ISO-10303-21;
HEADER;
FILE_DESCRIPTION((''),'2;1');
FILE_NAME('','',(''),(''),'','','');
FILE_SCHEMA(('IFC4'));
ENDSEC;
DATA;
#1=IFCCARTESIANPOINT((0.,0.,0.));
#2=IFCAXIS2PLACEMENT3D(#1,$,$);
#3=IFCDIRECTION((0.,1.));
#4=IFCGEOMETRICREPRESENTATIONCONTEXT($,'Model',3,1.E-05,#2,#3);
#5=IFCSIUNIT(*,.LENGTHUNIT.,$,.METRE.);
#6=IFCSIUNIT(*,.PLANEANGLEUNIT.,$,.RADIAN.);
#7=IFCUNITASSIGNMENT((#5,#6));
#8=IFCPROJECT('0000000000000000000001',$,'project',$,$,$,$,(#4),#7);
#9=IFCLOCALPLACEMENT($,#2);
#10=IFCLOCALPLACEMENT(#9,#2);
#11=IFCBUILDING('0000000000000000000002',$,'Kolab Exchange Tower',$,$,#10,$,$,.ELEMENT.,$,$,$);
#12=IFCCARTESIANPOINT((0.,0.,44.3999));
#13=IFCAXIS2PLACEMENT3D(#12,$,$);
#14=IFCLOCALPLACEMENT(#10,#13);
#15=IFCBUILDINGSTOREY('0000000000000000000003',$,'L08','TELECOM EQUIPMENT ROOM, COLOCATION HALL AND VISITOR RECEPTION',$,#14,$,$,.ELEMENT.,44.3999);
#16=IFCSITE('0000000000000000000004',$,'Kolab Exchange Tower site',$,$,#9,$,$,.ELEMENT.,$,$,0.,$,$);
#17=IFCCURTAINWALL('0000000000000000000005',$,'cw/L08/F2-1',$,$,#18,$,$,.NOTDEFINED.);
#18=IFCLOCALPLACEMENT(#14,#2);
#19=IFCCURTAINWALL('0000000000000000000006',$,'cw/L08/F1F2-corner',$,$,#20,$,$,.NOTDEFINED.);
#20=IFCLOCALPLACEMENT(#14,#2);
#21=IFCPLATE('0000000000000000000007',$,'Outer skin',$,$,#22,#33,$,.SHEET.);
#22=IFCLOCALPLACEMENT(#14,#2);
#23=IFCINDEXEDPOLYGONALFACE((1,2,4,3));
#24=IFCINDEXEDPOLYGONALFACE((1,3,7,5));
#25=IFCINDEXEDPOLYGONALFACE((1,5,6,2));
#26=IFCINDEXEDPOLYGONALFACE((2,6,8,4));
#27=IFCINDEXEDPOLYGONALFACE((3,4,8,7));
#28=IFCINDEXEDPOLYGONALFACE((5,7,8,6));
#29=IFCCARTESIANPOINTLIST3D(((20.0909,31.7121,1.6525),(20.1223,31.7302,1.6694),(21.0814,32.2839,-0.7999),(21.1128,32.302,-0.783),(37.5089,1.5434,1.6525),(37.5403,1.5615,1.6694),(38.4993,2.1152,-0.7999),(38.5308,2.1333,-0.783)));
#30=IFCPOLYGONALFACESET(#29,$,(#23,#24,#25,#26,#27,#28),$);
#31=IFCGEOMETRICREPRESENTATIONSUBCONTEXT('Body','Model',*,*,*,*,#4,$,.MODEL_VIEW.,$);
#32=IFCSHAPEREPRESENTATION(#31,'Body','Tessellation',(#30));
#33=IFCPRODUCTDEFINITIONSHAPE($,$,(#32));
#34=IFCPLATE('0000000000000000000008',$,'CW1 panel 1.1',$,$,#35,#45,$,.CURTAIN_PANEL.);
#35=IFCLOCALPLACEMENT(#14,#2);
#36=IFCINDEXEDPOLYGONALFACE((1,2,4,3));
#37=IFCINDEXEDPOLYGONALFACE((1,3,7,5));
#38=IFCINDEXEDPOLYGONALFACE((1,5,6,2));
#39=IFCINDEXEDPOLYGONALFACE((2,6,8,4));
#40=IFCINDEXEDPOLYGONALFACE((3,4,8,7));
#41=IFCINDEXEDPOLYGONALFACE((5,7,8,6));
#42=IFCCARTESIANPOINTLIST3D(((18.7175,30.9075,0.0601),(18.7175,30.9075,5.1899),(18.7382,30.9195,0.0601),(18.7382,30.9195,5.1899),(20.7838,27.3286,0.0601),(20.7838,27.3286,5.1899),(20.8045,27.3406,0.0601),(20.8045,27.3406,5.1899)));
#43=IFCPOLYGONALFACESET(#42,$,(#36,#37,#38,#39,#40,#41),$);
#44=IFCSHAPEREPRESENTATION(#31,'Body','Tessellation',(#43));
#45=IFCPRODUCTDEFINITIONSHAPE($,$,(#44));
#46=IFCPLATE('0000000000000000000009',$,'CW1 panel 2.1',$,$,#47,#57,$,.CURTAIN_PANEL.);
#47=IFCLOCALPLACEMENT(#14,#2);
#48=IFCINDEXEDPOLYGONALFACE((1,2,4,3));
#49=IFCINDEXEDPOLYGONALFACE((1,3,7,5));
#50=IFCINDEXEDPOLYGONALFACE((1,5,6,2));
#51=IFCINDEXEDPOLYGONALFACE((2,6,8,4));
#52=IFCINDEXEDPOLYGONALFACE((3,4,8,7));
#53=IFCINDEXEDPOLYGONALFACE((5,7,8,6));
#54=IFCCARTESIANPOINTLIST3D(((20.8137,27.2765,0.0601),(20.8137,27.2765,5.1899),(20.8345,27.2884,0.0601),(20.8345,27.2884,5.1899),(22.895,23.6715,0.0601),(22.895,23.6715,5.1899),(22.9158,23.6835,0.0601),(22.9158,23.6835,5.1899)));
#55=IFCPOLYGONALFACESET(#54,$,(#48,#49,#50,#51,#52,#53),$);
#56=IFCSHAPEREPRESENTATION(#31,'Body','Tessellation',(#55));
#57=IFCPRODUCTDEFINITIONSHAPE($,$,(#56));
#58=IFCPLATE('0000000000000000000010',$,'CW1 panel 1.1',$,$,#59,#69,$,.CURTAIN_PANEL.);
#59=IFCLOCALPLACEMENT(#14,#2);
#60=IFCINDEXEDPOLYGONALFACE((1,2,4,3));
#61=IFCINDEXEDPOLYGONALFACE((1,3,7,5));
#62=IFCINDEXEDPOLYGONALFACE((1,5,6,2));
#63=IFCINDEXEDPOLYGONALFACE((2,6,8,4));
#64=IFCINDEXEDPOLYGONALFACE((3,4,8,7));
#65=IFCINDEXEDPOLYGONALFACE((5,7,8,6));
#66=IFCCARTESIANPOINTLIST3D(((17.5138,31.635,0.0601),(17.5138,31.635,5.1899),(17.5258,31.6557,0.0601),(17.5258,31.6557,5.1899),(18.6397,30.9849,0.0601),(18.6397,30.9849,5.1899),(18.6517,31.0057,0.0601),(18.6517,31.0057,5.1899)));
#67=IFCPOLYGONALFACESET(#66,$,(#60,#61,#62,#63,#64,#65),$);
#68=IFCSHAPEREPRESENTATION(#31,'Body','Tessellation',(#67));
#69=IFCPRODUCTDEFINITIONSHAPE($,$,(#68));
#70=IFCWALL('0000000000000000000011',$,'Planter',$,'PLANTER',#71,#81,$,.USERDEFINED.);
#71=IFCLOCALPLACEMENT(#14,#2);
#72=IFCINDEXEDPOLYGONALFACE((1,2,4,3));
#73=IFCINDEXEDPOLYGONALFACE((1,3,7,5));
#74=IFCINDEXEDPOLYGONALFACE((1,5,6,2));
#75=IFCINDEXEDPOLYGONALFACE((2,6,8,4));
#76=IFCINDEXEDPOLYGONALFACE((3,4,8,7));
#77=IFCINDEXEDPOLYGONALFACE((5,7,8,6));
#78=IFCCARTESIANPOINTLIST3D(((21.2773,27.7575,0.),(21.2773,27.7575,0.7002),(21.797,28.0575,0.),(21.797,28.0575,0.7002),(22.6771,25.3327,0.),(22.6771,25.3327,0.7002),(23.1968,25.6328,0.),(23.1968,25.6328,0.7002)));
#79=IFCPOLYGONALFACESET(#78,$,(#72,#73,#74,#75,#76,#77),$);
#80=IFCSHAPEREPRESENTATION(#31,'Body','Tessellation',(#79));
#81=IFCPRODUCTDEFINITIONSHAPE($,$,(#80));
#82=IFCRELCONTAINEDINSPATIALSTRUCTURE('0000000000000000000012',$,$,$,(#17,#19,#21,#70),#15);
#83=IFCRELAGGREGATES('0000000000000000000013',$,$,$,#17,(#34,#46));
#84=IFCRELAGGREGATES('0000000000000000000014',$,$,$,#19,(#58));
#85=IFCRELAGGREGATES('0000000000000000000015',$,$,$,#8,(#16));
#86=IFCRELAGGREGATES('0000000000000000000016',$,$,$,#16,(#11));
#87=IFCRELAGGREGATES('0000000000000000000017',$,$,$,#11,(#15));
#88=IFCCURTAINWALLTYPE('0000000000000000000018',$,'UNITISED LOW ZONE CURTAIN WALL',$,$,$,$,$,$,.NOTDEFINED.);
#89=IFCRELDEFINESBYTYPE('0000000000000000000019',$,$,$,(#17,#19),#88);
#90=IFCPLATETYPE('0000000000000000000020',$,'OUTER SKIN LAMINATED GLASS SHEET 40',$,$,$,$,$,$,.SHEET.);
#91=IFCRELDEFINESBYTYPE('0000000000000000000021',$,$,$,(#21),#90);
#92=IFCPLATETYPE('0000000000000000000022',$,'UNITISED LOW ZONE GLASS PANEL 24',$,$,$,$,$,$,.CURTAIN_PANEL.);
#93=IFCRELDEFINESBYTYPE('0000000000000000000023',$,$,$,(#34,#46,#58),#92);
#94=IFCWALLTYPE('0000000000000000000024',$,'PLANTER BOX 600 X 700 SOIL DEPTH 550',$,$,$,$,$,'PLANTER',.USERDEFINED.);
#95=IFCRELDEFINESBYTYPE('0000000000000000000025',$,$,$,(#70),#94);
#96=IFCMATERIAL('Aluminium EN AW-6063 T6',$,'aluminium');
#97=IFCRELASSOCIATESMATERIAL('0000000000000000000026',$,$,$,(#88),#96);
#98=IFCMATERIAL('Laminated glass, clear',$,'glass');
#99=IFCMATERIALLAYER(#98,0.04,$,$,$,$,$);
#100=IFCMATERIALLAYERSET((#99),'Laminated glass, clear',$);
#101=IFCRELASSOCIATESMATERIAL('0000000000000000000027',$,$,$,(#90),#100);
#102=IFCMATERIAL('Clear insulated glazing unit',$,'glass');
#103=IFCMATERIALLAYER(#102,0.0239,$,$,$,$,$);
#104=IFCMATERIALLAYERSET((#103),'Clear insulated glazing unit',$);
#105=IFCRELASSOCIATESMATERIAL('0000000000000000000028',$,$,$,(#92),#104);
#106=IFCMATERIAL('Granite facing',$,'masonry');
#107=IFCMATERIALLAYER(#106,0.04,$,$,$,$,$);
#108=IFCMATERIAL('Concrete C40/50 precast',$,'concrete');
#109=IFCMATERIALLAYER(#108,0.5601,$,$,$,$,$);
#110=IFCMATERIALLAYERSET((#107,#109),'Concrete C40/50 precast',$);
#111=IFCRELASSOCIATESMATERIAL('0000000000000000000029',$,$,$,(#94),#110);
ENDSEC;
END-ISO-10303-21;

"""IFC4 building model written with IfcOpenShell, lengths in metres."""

from ifc_helpers import new_model, si_unit, direction, frame, frame_2d, origin, origin_2d, place, context, subcontext, project, spatial, polyline, rectangle, outline, extrude, material, layer, layer_set, type_object, element, aggregate, save


model = new_model("IFC4")

# Units and contexts
model_context = context("Model", 3, precision=1e-05, world=origin(), true_north=direction((0.0, 1.0)))
body_context = subcontext(model_context, "Body", "Model", "MODEL_VIEW")
ifc_project = project(units=[si_unit("LENGTHUNIT", "METRE"), si_unit("PLANEANGLEUNIT", "RADIAN")], contexts=[model_context])

# Site, building, storey
site_placement = place(None, origin())
site = spatial("IfcSite", under=ifc_project, at=site_placement, Name="Kolab Exchange Tower site", CompositionType="ELEMENT", RefElevation=0.0)
building_placement = place(site_placement, origin())
building = spatial("IfcBuilding", under=site, at=building_placement, Name="Kolab Exchange Tower", CompositionType="ELEMENT")
storey_placement = place(building_placement, frame((0.0, 0.0, 44.3999)))
storey = spatial("IfcBuildingStorey", under=building, at=storey_placement, Name="L08", Description="TELECOM EQUIPMENT ROOM, COLOCATION HALL AND VISITOR RECEPTION", CompositionType="ELEMENT", Elevation=44.3999)

# Curtain wall
ifc_material_1 = material(Name="Aluminium EN AW-6063 T6", Category="aluminium")
curtain_wall_type = type_object("IfcCurtainWallType", Name="UNITISED LOW ZONE CURTAIN WALL", PredefinedType="NOTDEFINED", material=ifc_material_1)
curtain_wall_1_placement = place(storey_placement, origin())
curtain_wall_1 = element("IfcCurtainWall", 1, at=curtain_wall_1_placement, inside=storey, type_object=curtain_wall_type, Name="cw/L08/F2-1", PredefinedType="NOTDEFINED")

# Curtain wall
curtain_wall_2_placement = place(storey_placement, origin())
curtain_wall_2 = element("IfcCurtainWall", 2, at=curtain_wall_2_placement, inside=storey, type_object=curtain_wall_type, Name="cw/L08/F1F2-corner", PredefinedType="NOTDEFINED")

# Plates
ifc_material_2 = material(Name="Laminated glass, clear", Category="glass")
ifc_layer_1 = layer(ifc_material_2, 0.04)
ifc_layer_set_1 = layer_set([ifc_layer_1], Name="Laminated glass, clear")
plate_type_1 = type_object("IfcPlateType", Name="OUTER SKIN LAMINATED GLASS SHEET 40", PredefinedType="SHEET", material=ifc_layer_set_1)
plate_1_placement = place(storey_placement, frame((21.1128, 32.302, -0.783), z_axis=(0.784873, 0.453148, 0.422648), x_axis=(0.500001, -0.866025, 0.0)))
element("IfcPlate", 3, at=plate_1_placement, inside=storey, type_object=plate_type_1, Name="Outer skin", PredefinedType="SHEET", context=body_context, shape_type="SweptSolid", body=[
    extrude(outline(polyline([(0.0, 0.0), (34.8358, 0.0), (34.8358, -2.706), (-0.0001, -2.706), (0.0, 0.0)])), origin(), (0.0, 0.0, -1.0), 0.04),
])
ifc_material_3 = material(Name="Clear insulated glazing unit", Category="glass")
ifc_layer_2 = layer(ifc_material_3, 0.0239)
ifc_layer_set_2 = layer_set([ifc_layer_2], Name="Clear insulated glazing unit")
plate_type_2 = type_object("IfcPlateType", Name="UNITISED LOW ZONE GLASS PANEL 24", PredefinedType="CURTAIN_PANEL", material=ifc_layer_set_2)
plate_2_placement = place(storey_placement, frame((19.761, 29.124, 0.0601), z_axis=(0.0, 0.0, 1.0), x_axis=(0.5, -0.866025, 0.0)))
plate_2 = element("IfcPlate", 4, at=plate_2_placement, type_object=plate_type_2, Name="CW1 panel 1.1", PredefinedType="CURTAIN_PANEL", context=body_context, shape_type="SweptSolid", body=[
    extrude(rectangle(XDim=4.1326, YDim=0.0239, at=origin_2d()), origin(), (0.0, 0.0, 1.0), 5.1299),
])
plate_3_placement = place(storey_placement, frame((21.8647, 25.48, 0.0601), z_axis=(0.0, 0.0, 1.0), x_axis=(0.5, -0.866025, 0.0)))
plate_3 = element("IfcPlate", 5, at=plate_3_placement, type_object=plate_type_2, Name="CW1 panel 2.1", PredefinedType="CURTAIN_PANEL", context=body_context, shape_type="SweptSolid", body=[
    extrude(rectangle(XDim=4.1626, YDim=0.0239, at=origin_2d()), origin(), (0.0, 0.0, 1.0), 5.1299),
])
aggregate(curtain_wall_1, [plate_2, plate_3])
plate_4_placement = place(storey_placement, frame((18.0828, 31.3203, 0.0601), z_axis=(0.0, 0.0, 1.0), x_axis=(0.866025, -0.5, 0.0)))
plate_4 = element("IfcPlate", 6, at=plate_4_placement, type_object=plate_type_2, Name="CW1 panel 1.1", PredefinedType="CURTAIN_PANEL", context=body_context, shape_type="SweptSolid", body=[
    extrude(rectangle(XDim=1.3, YDim=0.0239, at=origin_2d()), origin(), (0.0, 0.0, 1.0), 5.1299),
])
aggregate(curtain_wall_2, [plate_4])

# Wall
ifc_material_4 = material(Name="Granite facing", Category="masonry")
ifc_layer_3 = layer(ifc_material_4, 0.04)
ifc_material_5 = material(Name="Concrete C40/50 precast", Category="concrete")
ifc_layer_4 = layer(ifc_material_5, 0.5601)
ifc_layer_set_3 = layer_set([ifc_layer_3, ifc_layer_4], Name="Concrete C40/50 precast")
wall_type = type_object("IfcWallType", Name="PLANTER BOX 600 X 700 SOIL DEPTH 550", ElementType="PLANTER", PredefinedType="USERDEFINED", material=ifc_layer_set_3)
wall_placement = place(storey_placement, frame((21.5371, 27.9075, 0.0), z_axis=(0.0, 0.0, 1.0), x_axis=(0.499984, -0.866035, 0.0)))
element("IfcWall", 7, at=wall_placement, inside=storey, type_object=wall_type, Name="Planter", ObjectType="PLANTER", PredefinedType="USERDEFINED", context=body_context, shape_type="SweptSolid", body=[
    extrude(rectangle(XDim=2.7998, YDim=0.6001, at=frame_2d((1.3999, 0.0))), origin(), (0.0, 0.0, 1.0), 0.7002),
])

save(model, "model.ifc")
